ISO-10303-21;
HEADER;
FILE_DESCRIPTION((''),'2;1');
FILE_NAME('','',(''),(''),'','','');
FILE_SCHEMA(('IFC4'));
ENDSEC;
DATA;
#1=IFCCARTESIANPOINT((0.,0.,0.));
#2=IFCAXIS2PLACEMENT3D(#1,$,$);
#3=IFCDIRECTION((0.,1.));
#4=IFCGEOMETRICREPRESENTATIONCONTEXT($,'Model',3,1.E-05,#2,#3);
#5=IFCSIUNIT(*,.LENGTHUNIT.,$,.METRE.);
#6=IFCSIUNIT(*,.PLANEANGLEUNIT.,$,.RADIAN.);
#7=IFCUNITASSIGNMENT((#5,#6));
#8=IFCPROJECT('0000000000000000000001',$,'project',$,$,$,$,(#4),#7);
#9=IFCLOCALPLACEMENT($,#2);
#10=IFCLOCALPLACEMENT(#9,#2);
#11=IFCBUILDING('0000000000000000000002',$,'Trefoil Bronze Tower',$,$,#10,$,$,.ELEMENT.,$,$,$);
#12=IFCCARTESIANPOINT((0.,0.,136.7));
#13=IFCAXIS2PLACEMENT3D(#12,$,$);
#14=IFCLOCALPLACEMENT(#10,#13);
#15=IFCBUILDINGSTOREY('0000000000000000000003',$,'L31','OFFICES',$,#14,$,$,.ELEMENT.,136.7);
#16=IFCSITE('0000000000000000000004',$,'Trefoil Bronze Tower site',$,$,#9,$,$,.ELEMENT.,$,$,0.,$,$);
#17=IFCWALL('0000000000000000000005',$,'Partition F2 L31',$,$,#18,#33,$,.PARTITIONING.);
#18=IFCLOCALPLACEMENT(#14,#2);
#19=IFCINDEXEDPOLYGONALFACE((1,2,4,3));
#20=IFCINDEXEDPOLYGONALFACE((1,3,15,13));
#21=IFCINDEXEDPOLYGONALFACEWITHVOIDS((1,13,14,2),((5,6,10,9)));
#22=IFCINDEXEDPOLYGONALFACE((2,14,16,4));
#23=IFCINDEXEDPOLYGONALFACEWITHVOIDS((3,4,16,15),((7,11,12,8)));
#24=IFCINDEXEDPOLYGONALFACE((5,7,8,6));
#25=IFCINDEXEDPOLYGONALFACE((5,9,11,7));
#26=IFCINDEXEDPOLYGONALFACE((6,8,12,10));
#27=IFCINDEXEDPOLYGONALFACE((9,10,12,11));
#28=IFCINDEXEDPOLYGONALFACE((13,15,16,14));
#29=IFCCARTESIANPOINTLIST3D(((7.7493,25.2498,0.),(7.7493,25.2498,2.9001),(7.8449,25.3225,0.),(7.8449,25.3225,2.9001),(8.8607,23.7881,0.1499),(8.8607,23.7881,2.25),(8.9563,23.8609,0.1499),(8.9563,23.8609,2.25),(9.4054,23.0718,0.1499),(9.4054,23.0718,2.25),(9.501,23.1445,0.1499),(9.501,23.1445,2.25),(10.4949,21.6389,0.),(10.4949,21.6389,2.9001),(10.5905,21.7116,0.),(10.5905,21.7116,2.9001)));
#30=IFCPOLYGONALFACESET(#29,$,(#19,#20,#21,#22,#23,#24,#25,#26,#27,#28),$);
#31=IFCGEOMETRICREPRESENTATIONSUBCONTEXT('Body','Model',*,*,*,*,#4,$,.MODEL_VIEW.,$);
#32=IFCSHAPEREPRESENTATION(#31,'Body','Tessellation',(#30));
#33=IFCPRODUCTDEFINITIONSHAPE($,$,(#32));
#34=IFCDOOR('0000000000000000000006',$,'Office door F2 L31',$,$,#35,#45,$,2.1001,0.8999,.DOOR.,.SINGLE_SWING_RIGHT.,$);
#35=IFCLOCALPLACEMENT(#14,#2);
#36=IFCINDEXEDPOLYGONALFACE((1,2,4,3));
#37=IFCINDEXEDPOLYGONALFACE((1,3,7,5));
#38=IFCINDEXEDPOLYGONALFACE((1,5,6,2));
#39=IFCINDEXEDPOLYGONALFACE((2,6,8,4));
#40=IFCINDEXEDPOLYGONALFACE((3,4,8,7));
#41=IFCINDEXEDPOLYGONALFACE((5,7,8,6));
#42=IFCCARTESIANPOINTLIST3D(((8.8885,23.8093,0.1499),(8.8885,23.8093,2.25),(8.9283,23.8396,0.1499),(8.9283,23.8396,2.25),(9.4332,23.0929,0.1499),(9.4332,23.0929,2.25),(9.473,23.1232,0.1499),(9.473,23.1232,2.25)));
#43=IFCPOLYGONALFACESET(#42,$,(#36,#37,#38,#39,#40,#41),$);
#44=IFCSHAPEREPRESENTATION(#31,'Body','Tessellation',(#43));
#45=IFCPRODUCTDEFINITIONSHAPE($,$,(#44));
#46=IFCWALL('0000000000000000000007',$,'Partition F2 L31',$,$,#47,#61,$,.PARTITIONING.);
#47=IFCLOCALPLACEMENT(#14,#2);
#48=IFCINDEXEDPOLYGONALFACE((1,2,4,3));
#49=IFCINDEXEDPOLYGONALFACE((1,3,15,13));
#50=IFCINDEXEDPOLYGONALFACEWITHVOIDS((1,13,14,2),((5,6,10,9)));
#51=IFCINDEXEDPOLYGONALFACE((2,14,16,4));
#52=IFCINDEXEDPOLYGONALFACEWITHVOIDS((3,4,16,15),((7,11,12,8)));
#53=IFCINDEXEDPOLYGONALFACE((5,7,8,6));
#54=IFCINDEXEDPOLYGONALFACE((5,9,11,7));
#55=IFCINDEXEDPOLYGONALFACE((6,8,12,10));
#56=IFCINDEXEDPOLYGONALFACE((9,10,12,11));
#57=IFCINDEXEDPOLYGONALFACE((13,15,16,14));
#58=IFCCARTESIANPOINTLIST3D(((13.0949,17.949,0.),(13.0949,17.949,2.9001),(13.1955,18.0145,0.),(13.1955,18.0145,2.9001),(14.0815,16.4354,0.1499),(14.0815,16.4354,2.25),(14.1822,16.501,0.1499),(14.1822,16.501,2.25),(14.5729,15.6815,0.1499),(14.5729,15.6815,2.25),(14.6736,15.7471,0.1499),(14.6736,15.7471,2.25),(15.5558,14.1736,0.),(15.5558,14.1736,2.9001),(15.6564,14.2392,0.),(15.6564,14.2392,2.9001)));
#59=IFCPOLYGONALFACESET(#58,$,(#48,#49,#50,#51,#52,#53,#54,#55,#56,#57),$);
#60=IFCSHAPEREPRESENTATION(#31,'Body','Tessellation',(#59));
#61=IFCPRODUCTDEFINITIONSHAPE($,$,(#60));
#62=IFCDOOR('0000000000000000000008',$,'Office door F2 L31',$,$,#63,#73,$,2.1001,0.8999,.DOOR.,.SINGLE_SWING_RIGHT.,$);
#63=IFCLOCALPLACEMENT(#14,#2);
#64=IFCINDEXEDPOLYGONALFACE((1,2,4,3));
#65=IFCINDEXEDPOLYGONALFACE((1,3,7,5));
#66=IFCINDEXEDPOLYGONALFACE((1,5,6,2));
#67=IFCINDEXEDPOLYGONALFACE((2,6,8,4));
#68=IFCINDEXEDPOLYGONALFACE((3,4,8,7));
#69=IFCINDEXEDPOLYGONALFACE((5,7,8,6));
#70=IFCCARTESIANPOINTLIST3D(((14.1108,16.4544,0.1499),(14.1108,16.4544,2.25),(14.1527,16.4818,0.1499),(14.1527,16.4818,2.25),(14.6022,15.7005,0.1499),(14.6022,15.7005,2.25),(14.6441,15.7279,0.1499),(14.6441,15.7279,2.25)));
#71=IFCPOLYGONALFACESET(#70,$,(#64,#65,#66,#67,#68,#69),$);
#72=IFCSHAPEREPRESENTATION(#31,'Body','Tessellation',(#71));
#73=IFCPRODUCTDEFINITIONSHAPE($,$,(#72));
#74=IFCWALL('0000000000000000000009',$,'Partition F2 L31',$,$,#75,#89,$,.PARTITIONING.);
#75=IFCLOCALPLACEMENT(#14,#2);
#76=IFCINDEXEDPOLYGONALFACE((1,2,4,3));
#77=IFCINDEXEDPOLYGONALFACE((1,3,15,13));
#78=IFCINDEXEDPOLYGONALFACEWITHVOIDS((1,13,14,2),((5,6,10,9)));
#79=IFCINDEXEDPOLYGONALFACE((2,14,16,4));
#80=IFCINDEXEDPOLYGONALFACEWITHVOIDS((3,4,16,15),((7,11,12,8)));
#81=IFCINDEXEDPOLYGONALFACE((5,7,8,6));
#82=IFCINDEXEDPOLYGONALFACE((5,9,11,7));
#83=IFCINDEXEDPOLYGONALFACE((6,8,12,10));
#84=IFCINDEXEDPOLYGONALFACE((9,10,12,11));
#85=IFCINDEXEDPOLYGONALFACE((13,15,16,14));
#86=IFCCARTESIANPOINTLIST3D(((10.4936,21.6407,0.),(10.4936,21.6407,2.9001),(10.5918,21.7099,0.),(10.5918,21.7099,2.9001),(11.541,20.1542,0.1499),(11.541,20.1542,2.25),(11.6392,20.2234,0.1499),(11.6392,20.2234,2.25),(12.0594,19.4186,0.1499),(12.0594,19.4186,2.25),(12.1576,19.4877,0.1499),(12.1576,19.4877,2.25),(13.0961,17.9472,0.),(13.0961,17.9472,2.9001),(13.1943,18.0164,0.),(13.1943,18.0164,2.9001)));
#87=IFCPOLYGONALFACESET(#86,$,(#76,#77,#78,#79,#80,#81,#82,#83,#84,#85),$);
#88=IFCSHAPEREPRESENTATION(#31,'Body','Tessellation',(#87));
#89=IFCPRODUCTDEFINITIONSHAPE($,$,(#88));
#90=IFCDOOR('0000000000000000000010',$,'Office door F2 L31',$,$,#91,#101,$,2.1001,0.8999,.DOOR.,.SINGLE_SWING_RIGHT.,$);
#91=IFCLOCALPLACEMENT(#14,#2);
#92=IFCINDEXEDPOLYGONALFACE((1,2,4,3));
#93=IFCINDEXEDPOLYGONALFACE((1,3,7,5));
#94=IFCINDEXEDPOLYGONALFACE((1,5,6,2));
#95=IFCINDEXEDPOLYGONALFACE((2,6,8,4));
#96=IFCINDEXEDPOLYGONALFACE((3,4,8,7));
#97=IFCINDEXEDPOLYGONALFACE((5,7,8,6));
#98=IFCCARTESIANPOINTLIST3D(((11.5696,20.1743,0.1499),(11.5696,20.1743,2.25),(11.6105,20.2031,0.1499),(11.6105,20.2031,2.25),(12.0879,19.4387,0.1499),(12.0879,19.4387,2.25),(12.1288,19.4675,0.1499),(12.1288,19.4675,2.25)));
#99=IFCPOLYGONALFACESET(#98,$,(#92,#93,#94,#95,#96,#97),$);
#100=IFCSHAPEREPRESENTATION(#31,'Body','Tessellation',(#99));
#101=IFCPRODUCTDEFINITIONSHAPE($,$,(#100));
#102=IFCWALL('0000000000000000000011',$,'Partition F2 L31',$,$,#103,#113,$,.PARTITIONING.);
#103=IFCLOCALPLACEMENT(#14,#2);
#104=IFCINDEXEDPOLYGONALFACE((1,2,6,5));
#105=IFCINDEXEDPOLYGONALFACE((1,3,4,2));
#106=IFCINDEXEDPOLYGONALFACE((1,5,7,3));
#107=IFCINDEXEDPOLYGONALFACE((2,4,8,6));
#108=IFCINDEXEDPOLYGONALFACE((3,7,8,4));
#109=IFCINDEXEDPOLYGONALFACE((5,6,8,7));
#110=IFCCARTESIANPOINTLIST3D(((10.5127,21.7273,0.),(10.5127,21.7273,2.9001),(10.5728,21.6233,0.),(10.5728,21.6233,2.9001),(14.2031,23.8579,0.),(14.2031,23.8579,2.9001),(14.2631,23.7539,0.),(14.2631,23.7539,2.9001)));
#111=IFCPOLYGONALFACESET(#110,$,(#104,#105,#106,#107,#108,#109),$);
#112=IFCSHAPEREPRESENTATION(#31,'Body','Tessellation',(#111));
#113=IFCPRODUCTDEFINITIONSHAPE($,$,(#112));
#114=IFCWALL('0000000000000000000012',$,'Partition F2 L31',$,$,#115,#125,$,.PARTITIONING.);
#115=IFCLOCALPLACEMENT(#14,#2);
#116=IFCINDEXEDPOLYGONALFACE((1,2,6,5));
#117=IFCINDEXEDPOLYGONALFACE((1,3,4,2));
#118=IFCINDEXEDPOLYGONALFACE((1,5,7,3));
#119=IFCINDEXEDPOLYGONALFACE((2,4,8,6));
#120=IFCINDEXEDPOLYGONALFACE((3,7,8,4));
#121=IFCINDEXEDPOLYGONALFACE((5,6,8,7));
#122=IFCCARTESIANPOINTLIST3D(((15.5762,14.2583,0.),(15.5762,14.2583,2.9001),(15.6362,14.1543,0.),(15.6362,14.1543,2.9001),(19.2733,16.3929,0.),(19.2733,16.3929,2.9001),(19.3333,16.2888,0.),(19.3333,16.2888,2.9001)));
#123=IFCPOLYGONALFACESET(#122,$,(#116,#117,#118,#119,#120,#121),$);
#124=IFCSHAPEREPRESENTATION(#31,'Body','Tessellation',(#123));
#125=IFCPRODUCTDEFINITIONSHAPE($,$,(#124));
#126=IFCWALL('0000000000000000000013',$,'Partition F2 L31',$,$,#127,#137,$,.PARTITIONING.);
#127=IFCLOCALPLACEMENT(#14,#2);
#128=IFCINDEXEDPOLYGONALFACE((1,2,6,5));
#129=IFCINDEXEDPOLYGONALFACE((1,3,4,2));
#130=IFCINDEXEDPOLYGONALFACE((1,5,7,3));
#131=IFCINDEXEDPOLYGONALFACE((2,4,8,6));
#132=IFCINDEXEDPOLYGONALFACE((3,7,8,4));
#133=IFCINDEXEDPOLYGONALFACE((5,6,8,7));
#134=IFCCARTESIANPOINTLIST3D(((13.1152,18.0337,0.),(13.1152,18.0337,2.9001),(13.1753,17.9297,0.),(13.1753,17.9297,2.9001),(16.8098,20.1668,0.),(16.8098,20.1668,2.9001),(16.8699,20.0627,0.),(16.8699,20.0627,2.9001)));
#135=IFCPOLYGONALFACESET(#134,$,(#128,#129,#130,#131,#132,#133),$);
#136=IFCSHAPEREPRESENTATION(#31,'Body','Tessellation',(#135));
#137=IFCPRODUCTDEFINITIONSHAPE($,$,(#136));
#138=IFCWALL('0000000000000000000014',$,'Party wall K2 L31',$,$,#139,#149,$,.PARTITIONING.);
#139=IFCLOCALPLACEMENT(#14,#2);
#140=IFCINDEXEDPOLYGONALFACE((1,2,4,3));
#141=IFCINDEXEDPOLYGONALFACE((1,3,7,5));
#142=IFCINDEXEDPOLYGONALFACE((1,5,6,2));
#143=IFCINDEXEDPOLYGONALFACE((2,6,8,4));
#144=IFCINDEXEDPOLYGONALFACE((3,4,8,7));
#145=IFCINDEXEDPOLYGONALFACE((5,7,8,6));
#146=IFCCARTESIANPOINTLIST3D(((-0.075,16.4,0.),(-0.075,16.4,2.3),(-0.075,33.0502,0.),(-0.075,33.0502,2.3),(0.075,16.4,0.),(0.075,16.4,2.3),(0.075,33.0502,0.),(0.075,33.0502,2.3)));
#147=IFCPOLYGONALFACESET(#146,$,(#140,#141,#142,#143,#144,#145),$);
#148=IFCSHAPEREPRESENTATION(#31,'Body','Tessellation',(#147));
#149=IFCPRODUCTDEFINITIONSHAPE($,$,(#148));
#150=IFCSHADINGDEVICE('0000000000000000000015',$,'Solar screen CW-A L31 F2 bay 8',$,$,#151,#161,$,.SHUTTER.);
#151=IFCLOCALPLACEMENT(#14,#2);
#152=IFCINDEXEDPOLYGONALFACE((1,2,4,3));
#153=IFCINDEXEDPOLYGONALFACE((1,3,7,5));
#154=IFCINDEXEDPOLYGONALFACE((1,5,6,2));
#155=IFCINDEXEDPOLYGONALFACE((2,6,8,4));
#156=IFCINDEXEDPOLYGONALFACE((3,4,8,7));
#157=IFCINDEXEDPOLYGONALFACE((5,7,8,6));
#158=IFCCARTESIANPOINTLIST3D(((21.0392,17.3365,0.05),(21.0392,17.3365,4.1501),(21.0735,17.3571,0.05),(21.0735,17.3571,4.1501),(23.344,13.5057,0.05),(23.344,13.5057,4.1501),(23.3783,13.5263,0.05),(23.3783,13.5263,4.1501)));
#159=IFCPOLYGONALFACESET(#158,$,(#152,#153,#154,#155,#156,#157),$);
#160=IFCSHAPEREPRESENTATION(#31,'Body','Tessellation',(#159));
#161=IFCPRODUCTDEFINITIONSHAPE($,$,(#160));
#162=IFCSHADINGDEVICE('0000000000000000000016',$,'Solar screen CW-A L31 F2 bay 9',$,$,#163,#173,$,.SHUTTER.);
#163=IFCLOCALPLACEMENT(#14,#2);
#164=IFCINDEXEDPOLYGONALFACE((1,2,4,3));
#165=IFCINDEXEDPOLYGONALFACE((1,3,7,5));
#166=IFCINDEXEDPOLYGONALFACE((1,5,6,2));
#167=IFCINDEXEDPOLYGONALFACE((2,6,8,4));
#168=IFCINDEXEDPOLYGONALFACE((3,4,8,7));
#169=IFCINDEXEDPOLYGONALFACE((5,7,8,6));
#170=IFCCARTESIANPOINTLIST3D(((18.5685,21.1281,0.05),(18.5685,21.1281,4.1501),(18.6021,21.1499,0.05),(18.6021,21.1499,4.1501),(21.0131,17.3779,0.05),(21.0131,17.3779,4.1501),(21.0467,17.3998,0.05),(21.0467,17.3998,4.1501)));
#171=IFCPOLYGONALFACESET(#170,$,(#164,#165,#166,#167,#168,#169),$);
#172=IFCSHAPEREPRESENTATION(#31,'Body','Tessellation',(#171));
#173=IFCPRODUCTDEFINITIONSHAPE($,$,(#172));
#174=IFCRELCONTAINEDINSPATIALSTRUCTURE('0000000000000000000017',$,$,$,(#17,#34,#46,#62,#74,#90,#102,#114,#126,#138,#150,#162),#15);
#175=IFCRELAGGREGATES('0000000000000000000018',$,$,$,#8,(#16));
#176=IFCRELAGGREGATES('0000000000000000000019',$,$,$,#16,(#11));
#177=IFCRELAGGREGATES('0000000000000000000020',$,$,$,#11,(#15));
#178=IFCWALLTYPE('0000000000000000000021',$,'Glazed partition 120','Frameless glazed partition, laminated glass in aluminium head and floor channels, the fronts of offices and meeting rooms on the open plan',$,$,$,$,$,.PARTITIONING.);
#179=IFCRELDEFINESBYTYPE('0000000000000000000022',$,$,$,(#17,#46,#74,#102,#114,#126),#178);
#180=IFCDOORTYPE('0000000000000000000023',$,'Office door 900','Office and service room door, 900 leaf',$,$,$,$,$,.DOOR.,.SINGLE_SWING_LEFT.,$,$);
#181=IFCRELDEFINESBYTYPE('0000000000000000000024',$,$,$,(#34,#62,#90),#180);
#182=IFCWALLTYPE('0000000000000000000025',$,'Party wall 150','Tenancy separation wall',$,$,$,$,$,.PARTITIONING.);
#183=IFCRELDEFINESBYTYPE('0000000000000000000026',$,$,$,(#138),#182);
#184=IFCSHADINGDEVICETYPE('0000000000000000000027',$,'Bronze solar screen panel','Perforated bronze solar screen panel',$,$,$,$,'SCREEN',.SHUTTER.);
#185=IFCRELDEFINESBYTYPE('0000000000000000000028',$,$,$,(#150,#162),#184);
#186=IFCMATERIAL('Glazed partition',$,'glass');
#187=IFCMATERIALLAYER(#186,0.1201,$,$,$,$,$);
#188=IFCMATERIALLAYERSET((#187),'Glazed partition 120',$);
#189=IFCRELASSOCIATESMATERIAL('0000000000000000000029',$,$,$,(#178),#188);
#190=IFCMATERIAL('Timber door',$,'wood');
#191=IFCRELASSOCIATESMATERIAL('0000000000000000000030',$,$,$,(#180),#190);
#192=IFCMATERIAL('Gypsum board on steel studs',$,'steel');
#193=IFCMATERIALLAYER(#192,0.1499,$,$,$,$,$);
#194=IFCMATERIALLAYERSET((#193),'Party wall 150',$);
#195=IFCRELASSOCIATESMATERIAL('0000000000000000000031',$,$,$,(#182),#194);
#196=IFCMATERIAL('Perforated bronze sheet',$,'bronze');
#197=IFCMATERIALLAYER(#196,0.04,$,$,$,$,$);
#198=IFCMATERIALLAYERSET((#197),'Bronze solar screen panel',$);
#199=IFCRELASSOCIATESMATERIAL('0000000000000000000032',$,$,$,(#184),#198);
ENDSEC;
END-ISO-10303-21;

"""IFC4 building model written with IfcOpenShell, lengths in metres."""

from ifc_helpers import new_model, si_unit, direction, frame, frame_2d, origin, origin_2d, place, context, subcontext, project, spatial, rectangle, extrude, material, layer, layer_set, type_object, element, fill, save


model = new_model("IFC4")

# Units and contexts
model_context = context("Model", 3, precision=1e-05, world=origin(), true_north=direction((0.0, 1.0)))
body_context = subcontext(model_context, "Body", "Model", "MODEL_VIEW")
ifc_project = project(units=[si_unit("LENGTHUNIT", "METRE"), si_unit("PLANEANGLEUNIT", "RADIAN")], contexts=[model_context])

# Site, building, storey
site_placement = place(None, origin())
site = spatial("IfcSite", under=ifc_project, at=site_placement, Name="Trefoil Bronze Tower site", CompositionType="ELEMENT", RefElevation=0.0)
building_placement = place(site_placement, origin())
building = spatial("IfcBuilding", under=site, at=building_placement, Name="Trefoil Bronze Tower", CompositionType="ELEMENT")
storey_placement = place(building_placement, frame((0.0, 0.0, 136.7)))
storey = spatial("IfcBuildingStorey", under=building, at=storey_placement, Name="L31", Description="OFFICES", CompositionType="ELEMENT", Elevation=136.7)

# Walls, openings, doors
ifc_material_1 = material(Name="Glazed partition", Category="glass")
ifc_layer_1 = layer(ifc_material_1, 0.1201)
ifc_layer_set_1 = layer_set([ifc_layer_1], Name="Glazed partition 120")
wall_type_1 = type_object("IfcWallType", Name="Glazed partition 120", Description="Frameless glazed partition, laminated glass in aluminium head and floor channels, the fronts of offices and meeting rooms on the open plan", PredefinedType="PARTITIONING", material=ifc_layer_set_1)
wall_1_placement = place(storey_placement, frame((10.5427, 21.6753, 0.0), z_axis=(0.0, 0.0, 1.0), x_axis=(-0.605274, 0.796017, 0.0)))
wall_1 = element("IfcWall", 1, at=wall_1_placement, inside=storey, type_object=wall_type_1, Name="Partition F2 L31", PredefinedType="PARTITIONING", context=body_context, shape_type="SweptSolid", body=[
    extrude(rectangle(XDim=4.5361, YDim=0.1201, at=frame_2d((2.2681, 0.0))), origin(), (0.0, 0.0, 1.0), 2.9001),
])
opening_1_placement = place(wall_1_placement, frame((1.8, 0.0, 0.1499)))
opening_1 = element("IfcOpeningElement", 2, at=opening_1_placement, cuts=wall_1, PredefinedType="OPENING", context=body_context, shape_type="SweptSolid", body=[
    extrude(rectangle(XDim=0.8999, YDim=2.1001, at=frame_2d((0.45, 1.05))), frame((0.0, 0.0701, 0.0), z_axis=(0.0, -1.0, 0.0), x_axis=(1.0, 0.0, 0.0)), (0.0, 0.0, 1.0), 0.1401),
])
ifc_material_2 = material(Name="Timber door", Category="wood")
door_type = type_object("IfcDoorType", Name="Office door 900", Description="Office and service room door, 900 leaf", OperationType="SINGLE_SWING_LEFT", PredefinedType="DOOR", material=ifc_material_2)
door_1_placement = place(opening_1_placement, frame((0.8999, 0.0, 0.0), z_axis=(0.0, 0.0, 1.0), x_axis=(-1.0, 0.0, 0.0)))
door_1 = element("IfcDoor", 3, at=door_1_placement, inside=storey, type_object=door_type, Name="Office door F2 L31", OperationType="SINGLE_SWING_RIGHT", OverallHeight=2.1001, OverallWidth=0.8999, PredefinedType="DOOR", context=body_context, shape_type="SweptSolid", body=[
    extrude(rectangle(XDim=0.8999, YDim=2.1001, at=frame_2d((0.45, 1.05))), frame((0.0, 0.0249, 0.0), z_axis=(0.0, -1.0, 0.0), x_axis=(1.0, 0.0, 0.0)), (0.0, 0.0, 1.0), 0.05),
])
fill(opening_1, door_1)
wall_2_placement = place(storey_placement, frame((15.6062, 14.2063, 0.0), z_axis=(0.0, 0.0, 1.0), x_axis=(-0.546069, 0.83774, 0.0)))
wall_2 = element("IfcWall", 4, at=wall_2_placement, inside=storey, type_object=wall_type_1, Name="Partition F2 L31", PredefinedType="PARTITIONING", context=body_context, shape_type="SweptSolid", body=[
    extrude(rectangle(XDim=4.5066, YDim=0.1201, at=frame_2d((2.2534, 0.0))), origin(), (0.0, 0.0, 1.0), 2.9001),
])
opening_2_placement = place(wall_2_placement, frame((1.8, 0.0, 0.1499)))
opening_2 = element("IfcOpeningElement", 5, at=opening_2_placement, cuts=wall_2, PredefinedType="OPENING", context=body_context, shape_type="SweptSolid", body=[
    extrude(rectangle(XDim=0.8999, YDim=2.1001, at=frame_2d((0.45, 1.05))), frame((0.0, 0.0701, 0.0), z_axis=(0.0, -1.0, 0.0), x_axis=(1.0, 0.0, 0.0)), (0.0, 0.0, 1.0), 0.1401),
])
door_2_placement = place(opening_2_placement, frame((0.8999, 0.0, 0.0), z_axis=(0.0, 0.0, 1.0), x_axis=(-1.0, 0.0, 0.0)))
door_2 = element("IfcDoor", 6, at=door_2_placement, inside=storey, type_object=door_type, Name="Office door F2 L31", OperationType="SINGLE_SWING_RIGHT", OverallHeight=2.1001, OverallWidth=0.8999, PredefinedType="DOOR", context=body_context, shape_type="SweptSolid", body=[
    extrude(rectangle(XDim=0.8999, YDim=2.1001, at=frame_2d((0.45, 1.05))), frame((0.0, 0.0249, 0.0), z_axis=(0.0, -1.0, 0.0), x_axis=(1.0, 0.0, 0.0)), (0.0, 0.0, 1.0), 0.05),
])
fill(opening_2, door_2)
wall_3_placement = place(storey_placement, frame((13.1453, 17.9817, 0.0), z_axis=(0.0, 0.0, 1.0), x_axis=(-0.575987, 0.817459, 0.0)))
wall_3 = element("IfcWall", 7, at=wall_3_placement, inside=storey, type_object=wall_type_1, Name="Partition F2 L31", PredefinedType="PARTITIONING", context=body_context, shape_type="SweptSolid", body=[
    extrude(rectangle(XDim=4.5183, YDim=0.1201, at=frame_2d((2.2593, 0.0))), origin(), (0.0, 0.0, 1.0), 2.9001),
])
opening_3_placement = place(wall_3_placement, frame((1.8, 0.0, 0.1499)))
opening_3 = element("IfcOpeningElement", 8, at=opening_3_placement, cuts=wall_3, PredefinedType="OPENING", context=body_context, shape_type="SweptSolid", body=[
    extrude(rectangle(XDim=0.8999, YDim=2.1001, at=frame_2d((0.45, 1.05))), frame((0.0, 0.0701, 0.0), z_axis=(0.0, -1.0, 0.0), x_axis=(1.0, 0.0, 0.0)), (0.0, 0.0, 1.0), 0.1401),
])
door_3_placement = place(opening_3_placement, frame((0.8999, 0.0, 0.0), z_axis=(0.0, 0.0, 1.0), x_axis=(-1.0, 0.0, 0.0)))
door_3 = element("IfcDoor", 9, at=door_3_placement, inside=storey, type_object=door_type, Name="Office door F2 L31", OperationType="SINGLE_SWING_RIGHT", OverallHeight=2.1001, OverallWidth=0.8999, PredefinedType="DOOR", context=body_context, shape_type="SweptSolid", body=[
    extrude(rectangle(XDim=0.8999, YDim=2.1001, at=frame_2d((0.45, 1.05))), frame((0.0, 0.0249, 0.0), z_axis=(0.0, -1.0, 0.0), x_axis=(1.0, 0.0, 0.0)), (0.0, 0.0, 1.0), 0.05),
])
fill(opening_3, door_3)

# Walls
wall_4_placement = place(storey_placement, frame((10.5427, 21.6753, 0.0), z_axis=(0.0, 0.0, 1.0), x_axis=(0.866031, 0.49999, 0.0)))
element("IfcWall", 10, at=wall_4_placement, inside=storey, type_object=wall_type_1, Name="Partition F2 L31", PredefinedType="PARTITIONING", context=body_context, shape_type="SweptSolid", body=[
    extrude(rectangle(XDim=4.2612, YDim=0.1201, at=frame_2d((2.1306, 0.0))), origin(), (0.0, 0.0, 1.0), 2.9001),
])
wall_5_placement = place(storey_placement, frame((15.6062, 14.2063, 0.0), z_axis=(0.0, 0.0, 1.0), x_axis=(0.866021, 0.500008, 0.0)))
element("IfcWall", 11, at=wall_5_placement, inside=storey, type_object=wall_type_1, Name="Partition F2 L31", PredefinedType="PARTITIONING", context=body_context, shape_type="SweptSolid", body=[
    extrude(rectangle(XDim=4.269, YDim=0.1201, at=frame_2d((2.1345, 0.0))), origin(), (0.0, 0.0, 1.0), 2.9001),
])
wall_6_placement = place(storey_placement, frame((13.1453, 17.9817, 0.0), z_axis=(0.0, 0.0, 1.0), x_axis=(0.866026, 0.499998, 0.0)))
element("IfcWall", 12, at=wall_6_placement, inside=storey, type_object=wall_type_1, Name="Partition F2 L31", PredefinedType="PARTITIONING", context=body_context, shape_type="SweptSolid", body=[
    extrude(rectangle(XDim=4.2661, YDim=0.1201, at=frame_2d((2.1331, 0.0))), origin(), (0.0, 0.0, 1.0), 2.9001),
])
ifc_material_3 = material(Name="Gypsum board on steel studs", Category="steel")
ifc_layer_2 = layer(ifc_material_3, 0.1499)
ifc_layer_set_2 = layer_set([ifc_layer_2], Name="Party wall 150")
wall_type_2 = type_object("IfcWallType", Name="Party wall 150", Description="Tenancy separation wall", PredefinedType="PARTITIONING", material=ifc_layer_set_2)
wall_7_placement = place(storey_placement, frame((0.0, 16.3999, 0.0), z_axis=(0.0, 0.0, 1.0), x_axis=(0.0, 1.0, 0.0)))
element("IfcWall", 13, at=wall_7_placement, inside=storey, type_object=wall_type_2, Name="Party wall K2 L31", PredefinedType="PARTITIONING", context=body_context, shape_type="SweptSolid", body=[
    extrude(rectangle(XDim=16.6501, YDim=0.1499, at=frame_2d((8.3252, 0.0))), origin(), (0.0, 0.0, 1.0), 2.3),
])

# Shading devices
ifc_material_4 = material(Name="Perforated bronze sheet", Category="bronze")
ifc_layer_3 = layer(ifc_material_4, 0.04)
ifc_layer_set_3 = layer_set([ifc_layer_3], Name="Bronze solar screen panel")
shading_device_type = type_object("IfcShadingDeviceType", Name="Bronze solar screen panel", Description="Perforated bronze solar screen panel", ElementType="SCREEN", PredefinedType="SHUTTER", material=ifc_layer_set_3)
shading_device_1_placement = place(storey_placement, frame((22.2087, 15.4314, 0.05), z_axis=(0.0, 0.0, 1.0), x_axis=(-0.515525, 0.856874, 0.0)))
element("IfcShadingDevice", 14, at=shading_device_1_placement, inside=storey, type_object=shading_device_type, Name="Solar screen CW-A L31 F2 bay 8", PredefinedType="SHUTTER", context=body_context, shape_type="SweptSolid", body=[
    extrude(rectangle(XDim=4.4707, YDim=0.04, at=origin_2d()), origin(), (0.0, 0.0, 1.0), 4.1001),
])
shading_device_2_placement = place(storey_placement, frame((19.8076, 19.2639, 0.05), z_axis=(0.0, 0.0, 1.0), x_axis=(-0.546089, 0.837727, 0.0)))
element("IfcShadingDevice", 15, at=shading_device_2_placement, inside=storey, type_object=shading_device_type, Name="Solar screen CW-A L31 F2 bay 9", PredefinedType="SHUTTER", context=body_context, shape_type="SweptSolid", body=[
    extrude(rectangle(XDim=4.4766, YDim=0.04, at=origin_2d()), origin(), (0.0, 0.0, 1.0), 4.1001),
])

save(model, "model.ifc")
